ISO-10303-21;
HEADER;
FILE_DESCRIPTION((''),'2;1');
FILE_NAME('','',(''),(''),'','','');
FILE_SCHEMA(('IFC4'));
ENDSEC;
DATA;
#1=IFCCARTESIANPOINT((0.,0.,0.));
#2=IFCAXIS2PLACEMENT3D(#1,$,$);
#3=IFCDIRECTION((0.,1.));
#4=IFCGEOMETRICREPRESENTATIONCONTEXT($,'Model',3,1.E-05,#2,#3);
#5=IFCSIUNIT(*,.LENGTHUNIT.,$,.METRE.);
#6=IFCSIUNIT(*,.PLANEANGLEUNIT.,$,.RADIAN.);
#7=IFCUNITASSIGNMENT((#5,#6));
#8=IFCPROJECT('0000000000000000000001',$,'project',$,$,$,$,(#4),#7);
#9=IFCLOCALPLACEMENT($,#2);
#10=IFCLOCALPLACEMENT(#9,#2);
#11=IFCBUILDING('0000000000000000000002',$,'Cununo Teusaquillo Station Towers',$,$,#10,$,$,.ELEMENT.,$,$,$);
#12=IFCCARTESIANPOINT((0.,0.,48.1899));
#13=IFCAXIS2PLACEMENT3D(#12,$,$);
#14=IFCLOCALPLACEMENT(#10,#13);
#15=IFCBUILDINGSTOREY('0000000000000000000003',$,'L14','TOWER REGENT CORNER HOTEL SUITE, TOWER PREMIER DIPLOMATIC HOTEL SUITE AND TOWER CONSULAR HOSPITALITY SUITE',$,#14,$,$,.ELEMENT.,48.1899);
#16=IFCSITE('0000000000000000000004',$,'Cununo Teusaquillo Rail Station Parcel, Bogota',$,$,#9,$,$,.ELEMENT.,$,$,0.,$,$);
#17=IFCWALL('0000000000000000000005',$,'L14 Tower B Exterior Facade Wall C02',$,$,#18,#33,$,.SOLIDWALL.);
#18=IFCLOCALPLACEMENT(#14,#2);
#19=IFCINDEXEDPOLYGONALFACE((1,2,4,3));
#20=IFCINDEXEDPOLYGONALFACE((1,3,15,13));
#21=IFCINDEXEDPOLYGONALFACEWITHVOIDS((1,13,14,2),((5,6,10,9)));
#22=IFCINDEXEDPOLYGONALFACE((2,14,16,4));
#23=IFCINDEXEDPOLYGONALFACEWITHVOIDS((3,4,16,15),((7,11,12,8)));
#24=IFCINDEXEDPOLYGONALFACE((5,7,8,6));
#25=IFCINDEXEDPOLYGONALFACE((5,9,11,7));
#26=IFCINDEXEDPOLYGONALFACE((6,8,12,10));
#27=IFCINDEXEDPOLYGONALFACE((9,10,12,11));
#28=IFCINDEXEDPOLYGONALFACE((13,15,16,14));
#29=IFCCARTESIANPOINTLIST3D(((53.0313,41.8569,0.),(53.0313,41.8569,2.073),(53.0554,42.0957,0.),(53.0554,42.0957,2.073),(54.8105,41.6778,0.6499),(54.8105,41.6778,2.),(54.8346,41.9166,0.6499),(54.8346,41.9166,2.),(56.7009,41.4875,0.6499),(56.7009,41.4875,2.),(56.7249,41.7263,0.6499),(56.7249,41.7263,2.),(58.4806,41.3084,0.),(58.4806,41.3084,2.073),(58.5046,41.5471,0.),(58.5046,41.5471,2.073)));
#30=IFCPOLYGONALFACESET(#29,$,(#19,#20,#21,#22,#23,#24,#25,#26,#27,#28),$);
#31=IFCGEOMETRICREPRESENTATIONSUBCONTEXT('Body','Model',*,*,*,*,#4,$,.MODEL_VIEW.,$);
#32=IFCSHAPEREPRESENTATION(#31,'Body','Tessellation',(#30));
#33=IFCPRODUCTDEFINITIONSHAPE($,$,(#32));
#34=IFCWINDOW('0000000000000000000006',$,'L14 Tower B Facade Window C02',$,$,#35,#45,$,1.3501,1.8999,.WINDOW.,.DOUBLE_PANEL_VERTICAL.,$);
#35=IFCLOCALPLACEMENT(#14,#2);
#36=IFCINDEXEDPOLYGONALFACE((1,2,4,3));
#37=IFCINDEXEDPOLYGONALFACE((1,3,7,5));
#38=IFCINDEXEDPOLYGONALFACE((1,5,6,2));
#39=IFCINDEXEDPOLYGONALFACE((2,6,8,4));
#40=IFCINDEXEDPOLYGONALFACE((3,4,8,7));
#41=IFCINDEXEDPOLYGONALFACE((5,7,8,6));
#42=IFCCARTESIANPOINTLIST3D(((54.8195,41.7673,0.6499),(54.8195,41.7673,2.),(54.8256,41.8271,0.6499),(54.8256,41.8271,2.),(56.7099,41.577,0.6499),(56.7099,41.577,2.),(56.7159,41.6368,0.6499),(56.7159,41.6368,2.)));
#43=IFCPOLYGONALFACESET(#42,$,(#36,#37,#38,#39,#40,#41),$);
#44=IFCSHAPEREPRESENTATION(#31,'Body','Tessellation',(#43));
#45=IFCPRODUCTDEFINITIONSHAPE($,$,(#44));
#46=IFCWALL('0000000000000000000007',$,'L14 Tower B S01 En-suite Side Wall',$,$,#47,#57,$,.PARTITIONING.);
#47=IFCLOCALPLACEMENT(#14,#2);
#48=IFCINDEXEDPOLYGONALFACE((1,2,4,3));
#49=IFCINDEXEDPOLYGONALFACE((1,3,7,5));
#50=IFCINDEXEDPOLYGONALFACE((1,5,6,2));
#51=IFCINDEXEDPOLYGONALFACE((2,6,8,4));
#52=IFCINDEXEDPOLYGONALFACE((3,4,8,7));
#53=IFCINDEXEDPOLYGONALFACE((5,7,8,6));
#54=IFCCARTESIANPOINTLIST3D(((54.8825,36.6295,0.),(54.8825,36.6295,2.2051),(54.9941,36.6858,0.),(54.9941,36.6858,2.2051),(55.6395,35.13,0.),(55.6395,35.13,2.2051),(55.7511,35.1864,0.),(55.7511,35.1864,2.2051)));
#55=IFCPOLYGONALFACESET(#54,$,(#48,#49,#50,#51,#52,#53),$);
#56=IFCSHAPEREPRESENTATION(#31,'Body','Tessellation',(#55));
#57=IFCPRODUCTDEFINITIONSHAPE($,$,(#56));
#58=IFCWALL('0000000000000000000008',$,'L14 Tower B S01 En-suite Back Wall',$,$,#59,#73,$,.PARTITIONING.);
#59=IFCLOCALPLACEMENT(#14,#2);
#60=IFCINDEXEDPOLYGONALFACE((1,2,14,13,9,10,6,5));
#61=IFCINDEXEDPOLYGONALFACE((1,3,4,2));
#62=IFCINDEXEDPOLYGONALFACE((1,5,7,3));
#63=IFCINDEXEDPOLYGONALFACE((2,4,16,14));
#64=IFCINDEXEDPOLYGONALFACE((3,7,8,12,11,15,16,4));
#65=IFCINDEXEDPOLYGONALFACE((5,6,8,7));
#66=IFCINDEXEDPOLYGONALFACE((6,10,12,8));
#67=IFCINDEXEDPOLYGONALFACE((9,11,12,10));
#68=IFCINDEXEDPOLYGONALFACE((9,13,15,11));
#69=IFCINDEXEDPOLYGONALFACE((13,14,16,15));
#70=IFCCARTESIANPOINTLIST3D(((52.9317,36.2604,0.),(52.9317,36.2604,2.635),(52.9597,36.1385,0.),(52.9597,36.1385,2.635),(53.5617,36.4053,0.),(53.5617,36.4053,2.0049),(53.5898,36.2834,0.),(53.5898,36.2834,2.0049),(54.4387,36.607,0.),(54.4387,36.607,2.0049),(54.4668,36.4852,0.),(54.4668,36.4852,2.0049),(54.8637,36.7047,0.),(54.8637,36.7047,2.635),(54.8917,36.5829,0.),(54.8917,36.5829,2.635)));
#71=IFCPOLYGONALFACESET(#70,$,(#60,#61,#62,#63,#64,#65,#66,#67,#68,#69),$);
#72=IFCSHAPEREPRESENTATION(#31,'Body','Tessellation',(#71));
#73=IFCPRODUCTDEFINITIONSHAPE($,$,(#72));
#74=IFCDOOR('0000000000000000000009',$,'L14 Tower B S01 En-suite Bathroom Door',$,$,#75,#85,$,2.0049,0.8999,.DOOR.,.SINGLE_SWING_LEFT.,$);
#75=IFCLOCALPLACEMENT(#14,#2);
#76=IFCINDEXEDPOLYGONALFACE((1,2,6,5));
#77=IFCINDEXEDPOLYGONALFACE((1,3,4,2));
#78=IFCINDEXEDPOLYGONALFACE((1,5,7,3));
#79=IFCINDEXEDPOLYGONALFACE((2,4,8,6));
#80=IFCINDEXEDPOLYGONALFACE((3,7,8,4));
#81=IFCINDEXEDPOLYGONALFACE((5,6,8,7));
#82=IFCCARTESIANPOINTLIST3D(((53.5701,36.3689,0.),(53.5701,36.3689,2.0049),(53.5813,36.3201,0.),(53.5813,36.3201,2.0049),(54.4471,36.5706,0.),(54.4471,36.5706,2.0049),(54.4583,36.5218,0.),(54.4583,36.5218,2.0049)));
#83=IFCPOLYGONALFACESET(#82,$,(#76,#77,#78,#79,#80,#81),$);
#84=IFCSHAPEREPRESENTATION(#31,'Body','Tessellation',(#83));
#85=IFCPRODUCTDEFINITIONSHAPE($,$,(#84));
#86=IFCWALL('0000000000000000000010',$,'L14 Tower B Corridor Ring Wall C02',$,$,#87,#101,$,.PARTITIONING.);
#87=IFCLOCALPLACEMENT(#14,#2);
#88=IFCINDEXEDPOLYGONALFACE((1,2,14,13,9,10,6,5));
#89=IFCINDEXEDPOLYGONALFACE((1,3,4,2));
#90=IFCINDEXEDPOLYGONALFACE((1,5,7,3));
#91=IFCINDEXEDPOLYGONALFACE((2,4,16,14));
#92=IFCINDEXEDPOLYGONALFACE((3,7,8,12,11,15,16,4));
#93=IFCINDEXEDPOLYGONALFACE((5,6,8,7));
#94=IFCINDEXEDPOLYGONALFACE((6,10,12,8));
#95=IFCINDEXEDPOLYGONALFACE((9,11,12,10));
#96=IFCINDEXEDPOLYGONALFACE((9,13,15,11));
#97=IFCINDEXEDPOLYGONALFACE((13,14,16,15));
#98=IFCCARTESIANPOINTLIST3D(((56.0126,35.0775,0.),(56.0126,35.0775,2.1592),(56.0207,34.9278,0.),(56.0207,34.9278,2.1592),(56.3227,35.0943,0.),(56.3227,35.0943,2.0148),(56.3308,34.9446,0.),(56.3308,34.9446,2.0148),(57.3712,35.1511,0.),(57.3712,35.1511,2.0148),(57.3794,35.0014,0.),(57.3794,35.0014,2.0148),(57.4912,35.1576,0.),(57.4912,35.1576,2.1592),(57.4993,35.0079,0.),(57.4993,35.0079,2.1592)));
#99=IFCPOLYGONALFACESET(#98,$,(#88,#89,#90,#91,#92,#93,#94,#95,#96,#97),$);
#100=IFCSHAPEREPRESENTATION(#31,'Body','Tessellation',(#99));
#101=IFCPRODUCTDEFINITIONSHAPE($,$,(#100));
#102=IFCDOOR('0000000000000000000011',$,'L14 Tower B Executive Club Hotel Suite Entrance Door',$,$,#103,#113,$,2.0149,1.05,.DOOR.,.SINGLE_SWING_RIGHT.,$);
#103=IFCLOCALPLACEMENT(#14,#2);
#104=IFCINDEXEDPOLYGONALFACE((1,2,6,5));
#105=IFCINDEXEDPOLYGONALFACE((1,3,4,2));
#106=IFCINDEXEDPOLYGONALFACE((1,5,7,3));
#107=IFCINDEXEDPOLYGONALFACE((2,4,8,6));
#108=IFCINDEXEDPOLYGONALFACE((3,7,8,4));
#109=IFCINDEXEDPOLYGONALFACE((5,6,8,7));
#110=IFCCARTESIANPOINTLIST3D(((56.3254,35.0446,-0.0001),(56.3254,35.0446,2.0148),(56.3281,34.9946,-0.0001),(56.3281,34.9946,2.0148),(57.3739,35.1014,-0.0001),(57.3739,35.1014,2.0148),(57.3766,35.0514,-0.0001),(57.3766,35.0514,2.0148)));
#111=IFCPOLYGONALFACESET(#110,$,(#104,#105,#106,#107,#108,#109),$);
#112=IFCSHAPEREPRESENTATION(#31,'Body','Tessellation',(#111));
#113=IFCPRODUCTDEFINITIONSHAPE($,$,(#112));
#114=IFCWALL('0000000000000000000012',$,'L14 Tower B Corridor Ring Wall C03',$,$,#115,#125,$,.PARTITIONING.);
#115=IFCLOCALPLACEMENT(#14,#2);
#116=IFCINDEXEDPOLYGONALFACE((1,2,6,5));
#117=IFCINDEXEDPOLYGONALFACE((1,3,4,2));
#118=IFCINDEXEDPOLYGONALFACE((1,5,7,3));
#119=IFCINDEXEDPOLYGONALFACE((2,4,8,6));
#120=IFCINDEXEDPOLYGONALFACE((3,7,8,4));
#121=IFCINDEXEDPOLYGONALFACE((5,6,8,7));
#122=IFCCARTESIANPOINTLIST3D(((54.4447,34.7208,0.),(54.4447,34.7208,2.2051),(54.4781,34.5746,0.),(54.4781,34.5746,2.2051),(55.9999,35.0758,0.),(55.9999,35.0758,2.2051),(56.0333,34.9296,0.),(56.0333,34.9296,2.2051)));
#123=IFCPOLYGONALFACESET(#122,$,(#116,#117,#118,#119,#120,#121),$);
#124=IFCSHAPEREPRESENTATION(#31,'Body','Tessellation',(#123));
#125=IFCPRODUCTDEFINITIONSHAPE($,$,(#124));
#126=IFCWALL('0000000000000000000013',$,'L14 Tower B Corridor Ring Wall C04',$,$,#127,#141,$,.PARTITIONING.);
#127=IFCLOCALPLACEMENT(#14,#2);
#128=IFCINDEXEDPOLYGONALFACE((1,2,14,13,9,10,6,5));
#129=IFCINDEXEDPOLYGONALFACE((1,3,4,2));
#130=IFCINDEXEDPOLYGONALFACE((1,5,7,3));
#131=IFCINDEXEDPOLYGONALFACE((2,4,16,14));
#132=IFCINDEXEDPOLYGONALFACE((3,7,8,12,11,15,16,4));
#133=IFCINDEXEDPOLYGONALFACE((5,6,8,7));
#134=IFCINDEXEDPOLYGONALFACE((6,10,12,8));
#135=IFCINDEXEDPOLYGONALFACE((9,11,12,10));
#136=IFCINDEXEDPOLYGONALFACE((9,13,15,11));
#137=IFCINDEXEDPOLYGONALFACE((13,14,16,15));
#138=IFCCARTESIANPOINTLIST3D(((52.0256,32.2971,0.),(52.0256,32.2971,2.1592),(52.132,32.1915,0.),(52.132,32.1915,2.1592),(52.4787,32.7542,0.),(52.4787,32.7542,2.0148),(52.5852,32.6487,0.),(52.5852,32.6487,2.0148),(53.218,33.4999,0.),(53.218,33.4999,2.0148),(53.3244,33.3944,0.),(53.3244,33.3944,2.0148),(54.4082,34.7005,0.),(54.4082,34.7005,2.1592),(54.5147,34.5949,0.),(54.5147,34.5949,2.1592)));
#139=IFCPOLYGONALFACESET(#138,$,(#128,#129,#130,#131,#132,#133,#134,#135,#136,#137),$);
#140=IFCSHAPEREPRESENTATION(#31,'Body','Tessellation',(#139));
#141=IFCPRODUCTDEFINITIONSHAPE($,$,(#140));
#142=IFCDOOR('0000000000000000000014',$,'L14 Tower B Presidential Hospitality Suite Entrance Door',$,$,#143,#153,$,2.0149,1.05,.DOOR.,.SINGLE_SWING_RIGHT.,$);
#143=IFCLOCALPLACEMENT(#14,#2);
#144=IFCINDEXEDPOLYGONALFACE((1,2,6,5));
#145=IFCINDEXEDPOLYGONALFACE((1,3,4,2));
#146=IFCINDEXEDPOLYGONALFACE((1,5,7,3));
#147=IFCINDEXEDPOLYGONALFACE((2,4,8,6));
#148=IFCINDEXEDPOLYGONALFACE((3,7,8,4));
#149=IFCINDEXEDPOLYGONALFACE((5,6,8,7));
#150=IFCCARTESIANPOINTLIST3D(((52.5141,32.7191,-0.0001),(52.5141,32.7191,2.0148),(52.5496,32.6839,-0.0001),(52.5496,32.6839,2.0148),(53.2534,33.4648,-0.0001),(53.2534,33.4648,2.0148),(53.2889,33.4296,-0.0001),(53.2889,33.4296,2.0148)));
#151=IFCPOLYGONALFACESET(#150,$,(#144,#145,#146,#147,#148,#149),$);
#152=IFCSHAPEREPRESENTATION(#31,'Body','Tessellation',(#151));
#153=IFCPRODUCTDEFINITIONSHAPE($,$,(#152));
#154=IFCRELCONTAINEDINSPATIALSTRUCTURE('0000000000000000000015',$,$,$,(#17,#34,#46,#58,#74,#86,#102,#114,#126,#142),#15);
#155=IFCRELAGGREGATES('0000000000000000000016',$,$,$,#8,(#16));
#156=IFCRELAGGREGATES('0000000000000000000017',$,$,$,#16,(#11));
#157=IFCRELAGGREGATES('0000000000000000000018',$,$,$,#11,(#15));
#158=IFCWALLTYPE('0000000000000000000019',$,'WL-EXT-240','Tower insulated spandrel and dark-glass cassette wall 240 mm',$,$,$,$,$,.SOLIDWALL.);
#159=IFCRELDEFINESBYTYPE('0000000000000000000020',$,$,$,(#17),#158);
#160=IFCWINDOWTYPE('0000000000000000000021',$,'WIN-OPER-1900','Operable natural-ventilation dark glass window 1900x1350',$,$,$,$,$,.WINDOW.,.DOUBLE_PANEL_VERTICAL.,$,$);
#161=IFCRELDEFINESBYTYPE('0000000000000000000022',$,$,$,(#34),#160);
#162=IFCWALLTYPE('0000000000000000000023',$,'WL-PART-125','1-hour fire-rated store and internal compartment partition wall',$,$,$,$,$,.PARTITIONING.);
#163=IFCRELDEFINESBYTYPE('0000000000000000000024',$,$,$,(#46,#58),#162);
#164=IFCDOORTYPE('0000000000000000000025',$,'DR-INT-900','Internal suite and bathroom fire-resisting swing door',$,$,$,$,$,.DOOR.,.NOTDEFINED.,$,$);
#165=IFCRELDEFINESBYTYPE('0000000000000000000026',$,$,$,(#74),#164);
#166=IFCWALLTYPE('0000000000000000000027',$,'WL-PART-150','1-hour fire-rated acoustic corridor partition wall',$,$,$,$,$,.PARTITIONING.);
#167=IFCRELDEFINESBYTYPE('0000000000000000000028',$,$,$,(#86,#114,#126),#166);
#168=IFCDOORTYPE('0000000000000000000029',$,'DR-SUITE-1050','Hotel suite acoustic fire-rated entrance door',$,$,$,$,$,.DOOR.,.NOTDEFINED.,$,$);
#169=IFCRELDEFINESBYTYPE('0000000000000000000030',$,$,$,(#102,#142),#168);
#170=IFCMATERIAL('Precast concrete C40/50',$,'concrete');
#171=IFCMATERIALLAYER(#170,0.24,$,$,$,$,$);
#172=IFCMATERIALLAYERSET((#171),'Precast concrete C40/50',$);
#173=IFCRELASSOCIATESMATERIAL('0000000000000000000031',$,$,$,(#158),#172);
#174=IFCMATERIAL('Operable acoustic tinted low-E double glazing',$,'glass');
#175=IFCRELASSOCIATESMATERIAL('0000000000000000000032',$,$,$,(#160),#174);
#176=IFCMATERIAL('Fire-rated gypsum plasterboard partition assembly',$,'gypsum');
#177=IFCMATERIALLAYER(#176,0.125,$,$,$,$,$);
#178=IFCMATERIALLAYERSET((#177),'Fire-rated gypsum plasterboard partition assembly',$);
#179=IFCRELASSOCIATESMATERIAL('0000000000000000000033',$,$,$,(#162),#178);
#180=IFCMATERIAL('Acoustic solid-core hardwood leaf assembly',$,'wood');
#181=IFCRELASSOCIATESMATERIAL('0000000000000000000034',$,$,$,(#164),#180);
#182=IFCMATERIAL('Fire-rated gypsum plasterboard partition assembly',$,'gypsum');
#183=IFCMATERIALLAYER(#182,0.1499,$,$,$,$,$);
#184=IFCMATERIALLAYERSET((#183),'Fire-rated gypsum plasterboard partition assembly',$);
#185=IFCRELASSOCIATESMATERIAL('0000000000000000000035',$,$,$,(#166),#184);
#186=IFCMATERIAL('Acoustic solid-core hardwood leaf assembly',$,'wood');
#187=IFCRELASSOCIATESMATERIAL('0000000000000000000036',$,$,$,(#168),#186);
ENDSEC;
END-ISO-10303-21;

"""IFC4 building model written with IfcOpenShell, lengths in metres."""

from ifc_helpers import new_model, si_unit, direction, frame, frame_2d, origin, place, context, subcontext, project, spatial, rectangle, extrude, source, transform, mapped, material, layer, layer_set, type_object, element, fill, save


model = new_model("IFC4")

# Units and contexts
model_context = context("Model", 3, precision=1e-05, world=origin(), true_north=direction((0.0, 1.0)))
body_context = subcontext(model_context, "Body", "Model", "MODEL_VIEW")
ifc_project = project(units=[si_unit("LENGTHUNIT", "METRE"), si_unit("PLANEANGLEUNIT", "RADIAN")], contexts=[model_context])

# Site, building, storey
site_placement = place(None, origin())
site = spatial("IfcSite", under=ifc_project, at=site_placement, Name="Cununo Teusaquillo Rail Station Parcel, Bogota", CompositionType="ELEMENT", RefElevation=0.0)
building_placement = place(site_placement, origin())
building = spatial("IfcBuilding", under=site, at=building_placement, Name="Cununo Teusaquillo Station Towers", CompositionType="ELEMENT")
storey_placement = place(building_placement, frame((0.0, 0.0, 48.1899)))
storey = spatial("IfcBuildingStorey", under=building, at=storey_placement, Name="L14", Description="TOWER REGENT CORNER HOTEL SUITE, TOWER PREMIER DIPLOMATIC HOTEL SUITE AND TOWER CONSULAR HOSPITALITY SUITE", CompositionType="ELEMENT", Elevation=48.1899)

# Wall, opening, window
ifc_material_1 = material(Name="Precast concrete C40/50", Category="concrete")
ifc_layer_1 = layer(ifc_material_1, 0.24)
ifc_layer_set_1 = layer_set([ifc_layer_1], Name="Precast concrete C40/50")
wall_type_1 = type_object("IfcWallType", Name="WL-EXT-240", Description="Tower insulated spandrel and dark-glass cassette wall 240 mm", PredefinedType="SOLIDWALL", material=ifc_layer_set_1)
wall_1_placement = place(storey_placement, frame((53.0435, 41.9763, 0.0), z_axis=(0.0, 0.0, 1.0), x_axis=(0.994971, -0.100166, 0.0)))
wall_1 = element("IfcWall", 1, at=wall_1_placement, inside=storey, type_object=wall_type_1, Name="L14 Tower B Exterior Facade Wall C02", PredefinedType="SOLIDWALL", context=body_context, shape_type="SweptSolid", body=[
    extrude(rectangle(XDim=5.4768, YDim=0.24, at=frame_2d((2.7383, 0.0))), origin(), (0.0, 0.0, 1.0), 2.073),
])
shared_shape_1 = source(origin(), body_context, "Body", "SweptSolid", [
    extrude(rectangle(XDim=1.8999, YDim=1.3501, at=frame_2d((0.95, 0.675))), frame((0.0, 0.1299, 0.0), z_axis=(0.0, -1.0, 0.0), x_axis=(1.0, 0.0, 0.0)), (0.0, 0.0, 1.0), 0.26),
])
opening_1_placement = place(wall_1_placement, frame((1.7881, 0.0, 0.6499)))
opening_1 = element("IfcOpeningElement", 2, at=opening_1_placement, cuts=wall_1, PredefinedType="OPENING", context=body_context, shape_type="MappedRepresentation", body=[
    mapped(shared_shape_1, transform((0.0, 0.0, 0.0), x_axis=(1.0, 0.0, 0.0), y_axis=(0.0, 1.0, 0.0), z_axis=(0.0, 0.0, 1.0), scale=1.0)),
])
ifc_material_2 = material(Name="Operable acoustic tinted low-E double glazing", Category="glass")
window_type = type_object("IfcWindowType", Name="WIN-OPER-1900", Description="Operable natural-ventilation dark glass window 1900x1350", PartitioningType="DOUBLE_PANEL_VERTICAL", PredefinedType="WINDOW", material=ifc_material_2)
shared_shape_2 = source(origin(), body_context, "Body", "SweptSolid", [
    extrude(rectangle(XDim=1.8999, YDim=1.3501, at=frame_2d((0.95, 0.675))), frame((0.0, 0.03, 0.0), z_axis=(0.0, -1.0, 0.0), x_axis=(1.0, 0.0, 0.0)), (0.0, 0.0, 1.0), 0.0601),
])
window_placement = place(opening_1_placement, origin())
window = element("IfcWindow", 3, at=window_placement, inside=storey, type_object=window_type, Name="L14 Tower B Facade Window C02", OverallHeight=1.3501, OverallWidth=1.8999, PartitioningType="DOUBLE_PANEL_VERTICAL", PredefinedType="WINDOW", context=body_context, shape_type="MappedRepresentation", body=[
    mapped(shared_shape_2, transform((0.0, 0.0, 0.0), x_axis=(1.0, 0.0, 0.0), y_axis=(0.0, 1.0, 0.0), z_axis=(0.0, 0.0, 1.0), scale=1.0)),
])
fill(opening_1, window)

# Wall
ifc_material_3 = material(Name="Fire-rated gypsum plasterboard partition assembly", Category="gypsum")
ifc_layer_2 = layer(ifc_material_3, 0.125)
ifc_layer_set_2 = layer_set([ifc_layer_2], Name="Fire-rated gypsum plasterboard partition assembly")
wall_type_2 = type_object("IfcWallType", Name="WL-PART-125", Description="1-hour fire-rated store and internal compartment partition wall", PredefinedType="PARTITIONING", material=ifc_layer_set_2)
wall_2_placement = place(storey_placement, frame((55.6953, 35.1582, 0.0), z_axis=(0.0, 0.0, 1.0), x_axis=(-0.450698, 0.892676, 0.0)))
element("IfcWall", 4, at=wall_2_placement, inside=storey, type_object=wall_type_2, Name="L14 Tower B S01 En-suite Side Wall", PredefinedType="PARTITIONING", context=body_context, shape_type="SweptSolid", body=[
    extrude(rectangle(XDim=1.6797, YDim=0.125, at=frame_2d((0.8398, 0.0))), origin(), (0.0, 0.0, 1.0), 2.2051),
])

# Walls, openings, doors
wall_3_placement = place(storey_placement, frame((54.8777, 36.6438, 0.0), z_axis=(0.0, 0.0, 1.0), x_axis=(-0.974555, -0.224149, 0.0)))
wall_3 = element("IfcWall", 5, at=wall_3_placement, inside=storey, type_object=wall_type_2, Name="L14 Tower B S01 En-suite Back Wall", PredefinedType="PARTITIONING", context=body_context, shape_type="SweptSolid", body=[
    extrude(rectangle(XDim=1.9824, YDim=0.125, at=frame_2d((0.9912, 0.0))), origin(), (0.0, 0.0, 1.0), 2.635),
])
shared_shape_3 = source(origin(), body_context, "Body", "SweptSolid", [
    extrude(rectangle(XDim=0.8999, YDim=2.0049, at=frame_2d((0.45, 1.0024))), frame((0.0, 0.0725, 0.0), z_axis=(0.0, -1.0, 0.0), x_axis=(1.0, 0.0, 0.0)), (0.0, 0.0, 1.0), 0.145),
])
opening_2_placement = place(wall_3_placement, frame((0.436, 0.0, 0.0)))
opening_2 = element("IfcOpeningElement", 6, at=opening_2_placement, cuts=wall_3, PredefinedType="OPENING", context=body_context, shape_type="MappedRepresentation", body=[
    mapped(shared_shape_3, transform((0.0, 0.0, 0.0), x_axis=(1.0, 0.0, 0.0), y_axis=(0.0, 1.0, 0.0), z_axis=(0.0, 0.0, 1.0), scale=1.0)),
])
ifc_material_4 = material(Name="Acoustic solid-core hardwood leaf assembly", Category="wood")
door_type_1 = type_object("IfcDoorType", Name="DR-INT-900", Description="Internal suite and bathroom fire-resisting swing door", OperationType="NOTDEFINED", PredefinedType="DOOR", material=ifc_material_4)
shared_shape_4 = source(origin(), body_context, "Body", "SweptSolid", [
    extrude(rectangle(XDim=0.8999, YDim=2.0049, at=frame_2d((0.45, 1.0024))), frame((0.0, 0.0249, 0.0), z_axis=(0.0, -1.0, 0.0), x_axis=(1.0, 0.0, 0.0)), (0.0, 0.0, 1.0), 0.05),
])
door_1_placement = place(opening_2_placement, origin())
door_1 = element("IfcDoor", 7, at=door_1_placement, inside=storey, type_object=door_type_1, Name="L14 Tower B S01 En-suite Bathroom Door", OperationType="SINGLE_SWING_LEFT", OverallHeight=2.0049, OverallWidth=0.8999, PredefinedType="DOOR", context=body_context, shape_type="MappedRepresentation", body=[
    mapped(shared_shape_4, transform((0.0, 0.0, 0.0), x_axis=(1.0, 0.0, 0.0), y_axis=(0.0, 1.0, 0.0), z_axis=(0.0, 0.0, 1.0), scale=1.0)),
])
fill(opening_2, door_1)
ifc_material_5 = material(Name="Fire-rated gypsum plasterboard partition assembly", Category="gypsum")
ifc_layer_3 = layer(ifc_material_5, 0.1499)
ifc_layer_set_3 = layer_set([ifc_layer_3], Name="Fire-rated gypsum plasterboard partition assembly")
wall_type_3 = type_object("IfcWallType", Name="WL-PART-150", Description="1-hour fire-rated acoustic corridor partition wall", PredefinedType="PARTITIONING", material=ifc_layer_set_3)
wall_4_placement = place(storey_placement, frame((57.4951, 35.0828, 0.0), z_axis=(0.0, 0.0, 1.0), x_axis=(-0.998537, -0.054082, 0.0)))
wall_4 = element("IfcWall", 8, at=wall_4_placement, inside=storey, type_object=wall_type_3, Name="L14 Tower B Corridor Ring Wall C02", PredefinedType="PARTITIONING", context=body_context, shape_type="SweptSolid", body=[
    extrude(rectangle(XDim=1.4807, YDim=0.1499, at=frame_2d((0.7402, 0.0))), origin(), (0.0, 0.0, 1.0), 2.1592),
])
shared_shape_5 = source(origin(), body_context, "Body", "SweptSolid", [
    extrude(rectangle(XDim=1.05, YDim=2.0149, at=frame_2d((0.5249, 1.0073))), frame((0.0, 0.085, 0.0), z_axis=(0.0, -1.0, 0.0), x_axis=(1.0, 0.0, 0.0)), (0.0, 0.0, 1.0), 0.1699),
])
opening_3_placement = place(wall_4_placement, frame((0.1201, 0.0, 0.0)))
opening_3 = element("IfcOpeningElement", 9, at=opening_3_placement, cuts=wall_4, PredefinedType="OPENING", context=body_context, shape_type="MappedRepresentation", body=[
    mapped(shared_shape_5, transform((0.0, 0.0, 0.0), x_axis=(1.0, 0.0, 0.0), y_axis=(0.0, 1.0, 0.0), z_axis=(0.0, 0.0, 1.0), scale=1.0)),
])
ifc_material_6 = material(Name="Acoustic solid-core hardwood leaf assembly", Category="wood")
door_type_2 = type_object("IfcDoorType", Name="DR-SUITE-1050", Description="Hotel suite acoustic fire-rated entrance door", OperationType="NOTDEFINED", PredefinedType="DOOR", material=ifc_material_6)
shared_shape_6 = source(origin(), body_context, "Body", "SweptSolid", [
    extrude(rectangle(XDim=1.05, YDim=2.0149, at=frame_2d((0.5249, 1.0073))), frame((0.0, 0.0249, 0.0), z_axis=(0.0, -1.0, 0.0), x_axis=(1.0, 0.0, 0.0)), (0.0, 0.0, 1.0), 0.05),
])
door_2_placement = place(opening_3_placement, origin())
door_2 = element("IfcDoor", 10, at=door_2_placement, inside=storey, type_object=door_type_2, Name="L14 Tower B Executive Club Hotel Suite Entrance Door", OperationType="SINGLE_SWING_RIGHT", OverallHeight=2.0149, OverallWidth=1.05, PredefinedType="DOOR", context=body_context, shape_type="MappedRepresentation", body=[
    mapped(shared_shape_6, transform((0.0, 0.0, 0.0), x_axis=(1.0, 0.0, 0.0), y_axis=(0.0, 1.0, 0.0), z_axis=(0.0, 0.0, 1.0), scale=1.0)),
])
fill(opening_3, door_2)

# Wall
wall_5_placement = place(storey_placement, frame((56.0166, 35.0027, 0.0), z_axis=(0.0, 0.0, 1.0), x_axis=(-0.974925, -0.222534, 0.0)))
element("IfcWall", 11, at=wall_5_placement, inside=storey, type_object=wall_type_3, Name="L14 Tower B Corridor Ring Wall C03", PredefinedType="PARTITIONING", context=body_context, shape_type="SweptSolid", body=[
    extrude(rectangle(XDim=1.5952, YDim=0.1499, at=frame_2d((0.7976, 0.0))), origin(), (0.0, 0.0, 1.0), 2.2051),
])

# Wall, opening, door
wall_6_placement = place(storey_placement, frame((54.4614, 34.6477, 0.0), z_axis=(0.0, 0.0, 1.0), x_axis=(-0.704034, -0.710166, 0.0)))
wall_6 = element("IfcWall", 12, at=wall_6_placement, inside=storey, type_object=wall_type_3, Name="L14 Tower B Corridor Ring Wall C04", PredefinedType="PARTITIONING", context=body_context, shape_type="SweptSolid", body=[
    extrude(rectangle(XDim=3.3843, YDim=0.1499, at=frame_2d((1.6921, 0.0))), origin(), (0.0, 0.0, 1.0), 2.1592),
])
opening_4_placement = place(wall_6_placement, frame((1.6907, 0.0, 0.0)))
opening_4 = element("IfcOpeningElement", 13, at=opening_4_placement, cuts=wall_6, PredefinedType="OPENING", context=body_context, shape_type="MappedRepresentation", body=[
    mapped(shared_shape_5, transform((0.0, 0.0, 0.0), x_axis=(1.0, 0.0, 0.0), y_axis=(0.0, 1.0, 0.0), z_axis=(0.0, 0.0, 1.0), scale=1.0)),
])
door_3_placement = place(opening_4_placement, origin())
door_3 = element("IfcDoor", 14, at=door_3_placement, inside=storey, type_object=door_type_2, Name="L14 Tower B Presidential Hospitality Suite Entrance Door", OperationType="SINGLE_SWING_RIGHT", OverallHeight=2.0149, OverallWidth=1.05, PredefinedType="DOOR", context=body_context, shape_type="MappedRepresentation", body=[
    mapped(shared_shape_6, transform((0.0, 0.0, 0.0), x_axis=(1.0, 0.0, 0.0), y_axis=(0.0, 1.0, 0.0), z_axis=(0.0, 0.0, 1.0), scale=1.0)),
])
fill(opening_4, door_3)

save(model, "model.ifc")
